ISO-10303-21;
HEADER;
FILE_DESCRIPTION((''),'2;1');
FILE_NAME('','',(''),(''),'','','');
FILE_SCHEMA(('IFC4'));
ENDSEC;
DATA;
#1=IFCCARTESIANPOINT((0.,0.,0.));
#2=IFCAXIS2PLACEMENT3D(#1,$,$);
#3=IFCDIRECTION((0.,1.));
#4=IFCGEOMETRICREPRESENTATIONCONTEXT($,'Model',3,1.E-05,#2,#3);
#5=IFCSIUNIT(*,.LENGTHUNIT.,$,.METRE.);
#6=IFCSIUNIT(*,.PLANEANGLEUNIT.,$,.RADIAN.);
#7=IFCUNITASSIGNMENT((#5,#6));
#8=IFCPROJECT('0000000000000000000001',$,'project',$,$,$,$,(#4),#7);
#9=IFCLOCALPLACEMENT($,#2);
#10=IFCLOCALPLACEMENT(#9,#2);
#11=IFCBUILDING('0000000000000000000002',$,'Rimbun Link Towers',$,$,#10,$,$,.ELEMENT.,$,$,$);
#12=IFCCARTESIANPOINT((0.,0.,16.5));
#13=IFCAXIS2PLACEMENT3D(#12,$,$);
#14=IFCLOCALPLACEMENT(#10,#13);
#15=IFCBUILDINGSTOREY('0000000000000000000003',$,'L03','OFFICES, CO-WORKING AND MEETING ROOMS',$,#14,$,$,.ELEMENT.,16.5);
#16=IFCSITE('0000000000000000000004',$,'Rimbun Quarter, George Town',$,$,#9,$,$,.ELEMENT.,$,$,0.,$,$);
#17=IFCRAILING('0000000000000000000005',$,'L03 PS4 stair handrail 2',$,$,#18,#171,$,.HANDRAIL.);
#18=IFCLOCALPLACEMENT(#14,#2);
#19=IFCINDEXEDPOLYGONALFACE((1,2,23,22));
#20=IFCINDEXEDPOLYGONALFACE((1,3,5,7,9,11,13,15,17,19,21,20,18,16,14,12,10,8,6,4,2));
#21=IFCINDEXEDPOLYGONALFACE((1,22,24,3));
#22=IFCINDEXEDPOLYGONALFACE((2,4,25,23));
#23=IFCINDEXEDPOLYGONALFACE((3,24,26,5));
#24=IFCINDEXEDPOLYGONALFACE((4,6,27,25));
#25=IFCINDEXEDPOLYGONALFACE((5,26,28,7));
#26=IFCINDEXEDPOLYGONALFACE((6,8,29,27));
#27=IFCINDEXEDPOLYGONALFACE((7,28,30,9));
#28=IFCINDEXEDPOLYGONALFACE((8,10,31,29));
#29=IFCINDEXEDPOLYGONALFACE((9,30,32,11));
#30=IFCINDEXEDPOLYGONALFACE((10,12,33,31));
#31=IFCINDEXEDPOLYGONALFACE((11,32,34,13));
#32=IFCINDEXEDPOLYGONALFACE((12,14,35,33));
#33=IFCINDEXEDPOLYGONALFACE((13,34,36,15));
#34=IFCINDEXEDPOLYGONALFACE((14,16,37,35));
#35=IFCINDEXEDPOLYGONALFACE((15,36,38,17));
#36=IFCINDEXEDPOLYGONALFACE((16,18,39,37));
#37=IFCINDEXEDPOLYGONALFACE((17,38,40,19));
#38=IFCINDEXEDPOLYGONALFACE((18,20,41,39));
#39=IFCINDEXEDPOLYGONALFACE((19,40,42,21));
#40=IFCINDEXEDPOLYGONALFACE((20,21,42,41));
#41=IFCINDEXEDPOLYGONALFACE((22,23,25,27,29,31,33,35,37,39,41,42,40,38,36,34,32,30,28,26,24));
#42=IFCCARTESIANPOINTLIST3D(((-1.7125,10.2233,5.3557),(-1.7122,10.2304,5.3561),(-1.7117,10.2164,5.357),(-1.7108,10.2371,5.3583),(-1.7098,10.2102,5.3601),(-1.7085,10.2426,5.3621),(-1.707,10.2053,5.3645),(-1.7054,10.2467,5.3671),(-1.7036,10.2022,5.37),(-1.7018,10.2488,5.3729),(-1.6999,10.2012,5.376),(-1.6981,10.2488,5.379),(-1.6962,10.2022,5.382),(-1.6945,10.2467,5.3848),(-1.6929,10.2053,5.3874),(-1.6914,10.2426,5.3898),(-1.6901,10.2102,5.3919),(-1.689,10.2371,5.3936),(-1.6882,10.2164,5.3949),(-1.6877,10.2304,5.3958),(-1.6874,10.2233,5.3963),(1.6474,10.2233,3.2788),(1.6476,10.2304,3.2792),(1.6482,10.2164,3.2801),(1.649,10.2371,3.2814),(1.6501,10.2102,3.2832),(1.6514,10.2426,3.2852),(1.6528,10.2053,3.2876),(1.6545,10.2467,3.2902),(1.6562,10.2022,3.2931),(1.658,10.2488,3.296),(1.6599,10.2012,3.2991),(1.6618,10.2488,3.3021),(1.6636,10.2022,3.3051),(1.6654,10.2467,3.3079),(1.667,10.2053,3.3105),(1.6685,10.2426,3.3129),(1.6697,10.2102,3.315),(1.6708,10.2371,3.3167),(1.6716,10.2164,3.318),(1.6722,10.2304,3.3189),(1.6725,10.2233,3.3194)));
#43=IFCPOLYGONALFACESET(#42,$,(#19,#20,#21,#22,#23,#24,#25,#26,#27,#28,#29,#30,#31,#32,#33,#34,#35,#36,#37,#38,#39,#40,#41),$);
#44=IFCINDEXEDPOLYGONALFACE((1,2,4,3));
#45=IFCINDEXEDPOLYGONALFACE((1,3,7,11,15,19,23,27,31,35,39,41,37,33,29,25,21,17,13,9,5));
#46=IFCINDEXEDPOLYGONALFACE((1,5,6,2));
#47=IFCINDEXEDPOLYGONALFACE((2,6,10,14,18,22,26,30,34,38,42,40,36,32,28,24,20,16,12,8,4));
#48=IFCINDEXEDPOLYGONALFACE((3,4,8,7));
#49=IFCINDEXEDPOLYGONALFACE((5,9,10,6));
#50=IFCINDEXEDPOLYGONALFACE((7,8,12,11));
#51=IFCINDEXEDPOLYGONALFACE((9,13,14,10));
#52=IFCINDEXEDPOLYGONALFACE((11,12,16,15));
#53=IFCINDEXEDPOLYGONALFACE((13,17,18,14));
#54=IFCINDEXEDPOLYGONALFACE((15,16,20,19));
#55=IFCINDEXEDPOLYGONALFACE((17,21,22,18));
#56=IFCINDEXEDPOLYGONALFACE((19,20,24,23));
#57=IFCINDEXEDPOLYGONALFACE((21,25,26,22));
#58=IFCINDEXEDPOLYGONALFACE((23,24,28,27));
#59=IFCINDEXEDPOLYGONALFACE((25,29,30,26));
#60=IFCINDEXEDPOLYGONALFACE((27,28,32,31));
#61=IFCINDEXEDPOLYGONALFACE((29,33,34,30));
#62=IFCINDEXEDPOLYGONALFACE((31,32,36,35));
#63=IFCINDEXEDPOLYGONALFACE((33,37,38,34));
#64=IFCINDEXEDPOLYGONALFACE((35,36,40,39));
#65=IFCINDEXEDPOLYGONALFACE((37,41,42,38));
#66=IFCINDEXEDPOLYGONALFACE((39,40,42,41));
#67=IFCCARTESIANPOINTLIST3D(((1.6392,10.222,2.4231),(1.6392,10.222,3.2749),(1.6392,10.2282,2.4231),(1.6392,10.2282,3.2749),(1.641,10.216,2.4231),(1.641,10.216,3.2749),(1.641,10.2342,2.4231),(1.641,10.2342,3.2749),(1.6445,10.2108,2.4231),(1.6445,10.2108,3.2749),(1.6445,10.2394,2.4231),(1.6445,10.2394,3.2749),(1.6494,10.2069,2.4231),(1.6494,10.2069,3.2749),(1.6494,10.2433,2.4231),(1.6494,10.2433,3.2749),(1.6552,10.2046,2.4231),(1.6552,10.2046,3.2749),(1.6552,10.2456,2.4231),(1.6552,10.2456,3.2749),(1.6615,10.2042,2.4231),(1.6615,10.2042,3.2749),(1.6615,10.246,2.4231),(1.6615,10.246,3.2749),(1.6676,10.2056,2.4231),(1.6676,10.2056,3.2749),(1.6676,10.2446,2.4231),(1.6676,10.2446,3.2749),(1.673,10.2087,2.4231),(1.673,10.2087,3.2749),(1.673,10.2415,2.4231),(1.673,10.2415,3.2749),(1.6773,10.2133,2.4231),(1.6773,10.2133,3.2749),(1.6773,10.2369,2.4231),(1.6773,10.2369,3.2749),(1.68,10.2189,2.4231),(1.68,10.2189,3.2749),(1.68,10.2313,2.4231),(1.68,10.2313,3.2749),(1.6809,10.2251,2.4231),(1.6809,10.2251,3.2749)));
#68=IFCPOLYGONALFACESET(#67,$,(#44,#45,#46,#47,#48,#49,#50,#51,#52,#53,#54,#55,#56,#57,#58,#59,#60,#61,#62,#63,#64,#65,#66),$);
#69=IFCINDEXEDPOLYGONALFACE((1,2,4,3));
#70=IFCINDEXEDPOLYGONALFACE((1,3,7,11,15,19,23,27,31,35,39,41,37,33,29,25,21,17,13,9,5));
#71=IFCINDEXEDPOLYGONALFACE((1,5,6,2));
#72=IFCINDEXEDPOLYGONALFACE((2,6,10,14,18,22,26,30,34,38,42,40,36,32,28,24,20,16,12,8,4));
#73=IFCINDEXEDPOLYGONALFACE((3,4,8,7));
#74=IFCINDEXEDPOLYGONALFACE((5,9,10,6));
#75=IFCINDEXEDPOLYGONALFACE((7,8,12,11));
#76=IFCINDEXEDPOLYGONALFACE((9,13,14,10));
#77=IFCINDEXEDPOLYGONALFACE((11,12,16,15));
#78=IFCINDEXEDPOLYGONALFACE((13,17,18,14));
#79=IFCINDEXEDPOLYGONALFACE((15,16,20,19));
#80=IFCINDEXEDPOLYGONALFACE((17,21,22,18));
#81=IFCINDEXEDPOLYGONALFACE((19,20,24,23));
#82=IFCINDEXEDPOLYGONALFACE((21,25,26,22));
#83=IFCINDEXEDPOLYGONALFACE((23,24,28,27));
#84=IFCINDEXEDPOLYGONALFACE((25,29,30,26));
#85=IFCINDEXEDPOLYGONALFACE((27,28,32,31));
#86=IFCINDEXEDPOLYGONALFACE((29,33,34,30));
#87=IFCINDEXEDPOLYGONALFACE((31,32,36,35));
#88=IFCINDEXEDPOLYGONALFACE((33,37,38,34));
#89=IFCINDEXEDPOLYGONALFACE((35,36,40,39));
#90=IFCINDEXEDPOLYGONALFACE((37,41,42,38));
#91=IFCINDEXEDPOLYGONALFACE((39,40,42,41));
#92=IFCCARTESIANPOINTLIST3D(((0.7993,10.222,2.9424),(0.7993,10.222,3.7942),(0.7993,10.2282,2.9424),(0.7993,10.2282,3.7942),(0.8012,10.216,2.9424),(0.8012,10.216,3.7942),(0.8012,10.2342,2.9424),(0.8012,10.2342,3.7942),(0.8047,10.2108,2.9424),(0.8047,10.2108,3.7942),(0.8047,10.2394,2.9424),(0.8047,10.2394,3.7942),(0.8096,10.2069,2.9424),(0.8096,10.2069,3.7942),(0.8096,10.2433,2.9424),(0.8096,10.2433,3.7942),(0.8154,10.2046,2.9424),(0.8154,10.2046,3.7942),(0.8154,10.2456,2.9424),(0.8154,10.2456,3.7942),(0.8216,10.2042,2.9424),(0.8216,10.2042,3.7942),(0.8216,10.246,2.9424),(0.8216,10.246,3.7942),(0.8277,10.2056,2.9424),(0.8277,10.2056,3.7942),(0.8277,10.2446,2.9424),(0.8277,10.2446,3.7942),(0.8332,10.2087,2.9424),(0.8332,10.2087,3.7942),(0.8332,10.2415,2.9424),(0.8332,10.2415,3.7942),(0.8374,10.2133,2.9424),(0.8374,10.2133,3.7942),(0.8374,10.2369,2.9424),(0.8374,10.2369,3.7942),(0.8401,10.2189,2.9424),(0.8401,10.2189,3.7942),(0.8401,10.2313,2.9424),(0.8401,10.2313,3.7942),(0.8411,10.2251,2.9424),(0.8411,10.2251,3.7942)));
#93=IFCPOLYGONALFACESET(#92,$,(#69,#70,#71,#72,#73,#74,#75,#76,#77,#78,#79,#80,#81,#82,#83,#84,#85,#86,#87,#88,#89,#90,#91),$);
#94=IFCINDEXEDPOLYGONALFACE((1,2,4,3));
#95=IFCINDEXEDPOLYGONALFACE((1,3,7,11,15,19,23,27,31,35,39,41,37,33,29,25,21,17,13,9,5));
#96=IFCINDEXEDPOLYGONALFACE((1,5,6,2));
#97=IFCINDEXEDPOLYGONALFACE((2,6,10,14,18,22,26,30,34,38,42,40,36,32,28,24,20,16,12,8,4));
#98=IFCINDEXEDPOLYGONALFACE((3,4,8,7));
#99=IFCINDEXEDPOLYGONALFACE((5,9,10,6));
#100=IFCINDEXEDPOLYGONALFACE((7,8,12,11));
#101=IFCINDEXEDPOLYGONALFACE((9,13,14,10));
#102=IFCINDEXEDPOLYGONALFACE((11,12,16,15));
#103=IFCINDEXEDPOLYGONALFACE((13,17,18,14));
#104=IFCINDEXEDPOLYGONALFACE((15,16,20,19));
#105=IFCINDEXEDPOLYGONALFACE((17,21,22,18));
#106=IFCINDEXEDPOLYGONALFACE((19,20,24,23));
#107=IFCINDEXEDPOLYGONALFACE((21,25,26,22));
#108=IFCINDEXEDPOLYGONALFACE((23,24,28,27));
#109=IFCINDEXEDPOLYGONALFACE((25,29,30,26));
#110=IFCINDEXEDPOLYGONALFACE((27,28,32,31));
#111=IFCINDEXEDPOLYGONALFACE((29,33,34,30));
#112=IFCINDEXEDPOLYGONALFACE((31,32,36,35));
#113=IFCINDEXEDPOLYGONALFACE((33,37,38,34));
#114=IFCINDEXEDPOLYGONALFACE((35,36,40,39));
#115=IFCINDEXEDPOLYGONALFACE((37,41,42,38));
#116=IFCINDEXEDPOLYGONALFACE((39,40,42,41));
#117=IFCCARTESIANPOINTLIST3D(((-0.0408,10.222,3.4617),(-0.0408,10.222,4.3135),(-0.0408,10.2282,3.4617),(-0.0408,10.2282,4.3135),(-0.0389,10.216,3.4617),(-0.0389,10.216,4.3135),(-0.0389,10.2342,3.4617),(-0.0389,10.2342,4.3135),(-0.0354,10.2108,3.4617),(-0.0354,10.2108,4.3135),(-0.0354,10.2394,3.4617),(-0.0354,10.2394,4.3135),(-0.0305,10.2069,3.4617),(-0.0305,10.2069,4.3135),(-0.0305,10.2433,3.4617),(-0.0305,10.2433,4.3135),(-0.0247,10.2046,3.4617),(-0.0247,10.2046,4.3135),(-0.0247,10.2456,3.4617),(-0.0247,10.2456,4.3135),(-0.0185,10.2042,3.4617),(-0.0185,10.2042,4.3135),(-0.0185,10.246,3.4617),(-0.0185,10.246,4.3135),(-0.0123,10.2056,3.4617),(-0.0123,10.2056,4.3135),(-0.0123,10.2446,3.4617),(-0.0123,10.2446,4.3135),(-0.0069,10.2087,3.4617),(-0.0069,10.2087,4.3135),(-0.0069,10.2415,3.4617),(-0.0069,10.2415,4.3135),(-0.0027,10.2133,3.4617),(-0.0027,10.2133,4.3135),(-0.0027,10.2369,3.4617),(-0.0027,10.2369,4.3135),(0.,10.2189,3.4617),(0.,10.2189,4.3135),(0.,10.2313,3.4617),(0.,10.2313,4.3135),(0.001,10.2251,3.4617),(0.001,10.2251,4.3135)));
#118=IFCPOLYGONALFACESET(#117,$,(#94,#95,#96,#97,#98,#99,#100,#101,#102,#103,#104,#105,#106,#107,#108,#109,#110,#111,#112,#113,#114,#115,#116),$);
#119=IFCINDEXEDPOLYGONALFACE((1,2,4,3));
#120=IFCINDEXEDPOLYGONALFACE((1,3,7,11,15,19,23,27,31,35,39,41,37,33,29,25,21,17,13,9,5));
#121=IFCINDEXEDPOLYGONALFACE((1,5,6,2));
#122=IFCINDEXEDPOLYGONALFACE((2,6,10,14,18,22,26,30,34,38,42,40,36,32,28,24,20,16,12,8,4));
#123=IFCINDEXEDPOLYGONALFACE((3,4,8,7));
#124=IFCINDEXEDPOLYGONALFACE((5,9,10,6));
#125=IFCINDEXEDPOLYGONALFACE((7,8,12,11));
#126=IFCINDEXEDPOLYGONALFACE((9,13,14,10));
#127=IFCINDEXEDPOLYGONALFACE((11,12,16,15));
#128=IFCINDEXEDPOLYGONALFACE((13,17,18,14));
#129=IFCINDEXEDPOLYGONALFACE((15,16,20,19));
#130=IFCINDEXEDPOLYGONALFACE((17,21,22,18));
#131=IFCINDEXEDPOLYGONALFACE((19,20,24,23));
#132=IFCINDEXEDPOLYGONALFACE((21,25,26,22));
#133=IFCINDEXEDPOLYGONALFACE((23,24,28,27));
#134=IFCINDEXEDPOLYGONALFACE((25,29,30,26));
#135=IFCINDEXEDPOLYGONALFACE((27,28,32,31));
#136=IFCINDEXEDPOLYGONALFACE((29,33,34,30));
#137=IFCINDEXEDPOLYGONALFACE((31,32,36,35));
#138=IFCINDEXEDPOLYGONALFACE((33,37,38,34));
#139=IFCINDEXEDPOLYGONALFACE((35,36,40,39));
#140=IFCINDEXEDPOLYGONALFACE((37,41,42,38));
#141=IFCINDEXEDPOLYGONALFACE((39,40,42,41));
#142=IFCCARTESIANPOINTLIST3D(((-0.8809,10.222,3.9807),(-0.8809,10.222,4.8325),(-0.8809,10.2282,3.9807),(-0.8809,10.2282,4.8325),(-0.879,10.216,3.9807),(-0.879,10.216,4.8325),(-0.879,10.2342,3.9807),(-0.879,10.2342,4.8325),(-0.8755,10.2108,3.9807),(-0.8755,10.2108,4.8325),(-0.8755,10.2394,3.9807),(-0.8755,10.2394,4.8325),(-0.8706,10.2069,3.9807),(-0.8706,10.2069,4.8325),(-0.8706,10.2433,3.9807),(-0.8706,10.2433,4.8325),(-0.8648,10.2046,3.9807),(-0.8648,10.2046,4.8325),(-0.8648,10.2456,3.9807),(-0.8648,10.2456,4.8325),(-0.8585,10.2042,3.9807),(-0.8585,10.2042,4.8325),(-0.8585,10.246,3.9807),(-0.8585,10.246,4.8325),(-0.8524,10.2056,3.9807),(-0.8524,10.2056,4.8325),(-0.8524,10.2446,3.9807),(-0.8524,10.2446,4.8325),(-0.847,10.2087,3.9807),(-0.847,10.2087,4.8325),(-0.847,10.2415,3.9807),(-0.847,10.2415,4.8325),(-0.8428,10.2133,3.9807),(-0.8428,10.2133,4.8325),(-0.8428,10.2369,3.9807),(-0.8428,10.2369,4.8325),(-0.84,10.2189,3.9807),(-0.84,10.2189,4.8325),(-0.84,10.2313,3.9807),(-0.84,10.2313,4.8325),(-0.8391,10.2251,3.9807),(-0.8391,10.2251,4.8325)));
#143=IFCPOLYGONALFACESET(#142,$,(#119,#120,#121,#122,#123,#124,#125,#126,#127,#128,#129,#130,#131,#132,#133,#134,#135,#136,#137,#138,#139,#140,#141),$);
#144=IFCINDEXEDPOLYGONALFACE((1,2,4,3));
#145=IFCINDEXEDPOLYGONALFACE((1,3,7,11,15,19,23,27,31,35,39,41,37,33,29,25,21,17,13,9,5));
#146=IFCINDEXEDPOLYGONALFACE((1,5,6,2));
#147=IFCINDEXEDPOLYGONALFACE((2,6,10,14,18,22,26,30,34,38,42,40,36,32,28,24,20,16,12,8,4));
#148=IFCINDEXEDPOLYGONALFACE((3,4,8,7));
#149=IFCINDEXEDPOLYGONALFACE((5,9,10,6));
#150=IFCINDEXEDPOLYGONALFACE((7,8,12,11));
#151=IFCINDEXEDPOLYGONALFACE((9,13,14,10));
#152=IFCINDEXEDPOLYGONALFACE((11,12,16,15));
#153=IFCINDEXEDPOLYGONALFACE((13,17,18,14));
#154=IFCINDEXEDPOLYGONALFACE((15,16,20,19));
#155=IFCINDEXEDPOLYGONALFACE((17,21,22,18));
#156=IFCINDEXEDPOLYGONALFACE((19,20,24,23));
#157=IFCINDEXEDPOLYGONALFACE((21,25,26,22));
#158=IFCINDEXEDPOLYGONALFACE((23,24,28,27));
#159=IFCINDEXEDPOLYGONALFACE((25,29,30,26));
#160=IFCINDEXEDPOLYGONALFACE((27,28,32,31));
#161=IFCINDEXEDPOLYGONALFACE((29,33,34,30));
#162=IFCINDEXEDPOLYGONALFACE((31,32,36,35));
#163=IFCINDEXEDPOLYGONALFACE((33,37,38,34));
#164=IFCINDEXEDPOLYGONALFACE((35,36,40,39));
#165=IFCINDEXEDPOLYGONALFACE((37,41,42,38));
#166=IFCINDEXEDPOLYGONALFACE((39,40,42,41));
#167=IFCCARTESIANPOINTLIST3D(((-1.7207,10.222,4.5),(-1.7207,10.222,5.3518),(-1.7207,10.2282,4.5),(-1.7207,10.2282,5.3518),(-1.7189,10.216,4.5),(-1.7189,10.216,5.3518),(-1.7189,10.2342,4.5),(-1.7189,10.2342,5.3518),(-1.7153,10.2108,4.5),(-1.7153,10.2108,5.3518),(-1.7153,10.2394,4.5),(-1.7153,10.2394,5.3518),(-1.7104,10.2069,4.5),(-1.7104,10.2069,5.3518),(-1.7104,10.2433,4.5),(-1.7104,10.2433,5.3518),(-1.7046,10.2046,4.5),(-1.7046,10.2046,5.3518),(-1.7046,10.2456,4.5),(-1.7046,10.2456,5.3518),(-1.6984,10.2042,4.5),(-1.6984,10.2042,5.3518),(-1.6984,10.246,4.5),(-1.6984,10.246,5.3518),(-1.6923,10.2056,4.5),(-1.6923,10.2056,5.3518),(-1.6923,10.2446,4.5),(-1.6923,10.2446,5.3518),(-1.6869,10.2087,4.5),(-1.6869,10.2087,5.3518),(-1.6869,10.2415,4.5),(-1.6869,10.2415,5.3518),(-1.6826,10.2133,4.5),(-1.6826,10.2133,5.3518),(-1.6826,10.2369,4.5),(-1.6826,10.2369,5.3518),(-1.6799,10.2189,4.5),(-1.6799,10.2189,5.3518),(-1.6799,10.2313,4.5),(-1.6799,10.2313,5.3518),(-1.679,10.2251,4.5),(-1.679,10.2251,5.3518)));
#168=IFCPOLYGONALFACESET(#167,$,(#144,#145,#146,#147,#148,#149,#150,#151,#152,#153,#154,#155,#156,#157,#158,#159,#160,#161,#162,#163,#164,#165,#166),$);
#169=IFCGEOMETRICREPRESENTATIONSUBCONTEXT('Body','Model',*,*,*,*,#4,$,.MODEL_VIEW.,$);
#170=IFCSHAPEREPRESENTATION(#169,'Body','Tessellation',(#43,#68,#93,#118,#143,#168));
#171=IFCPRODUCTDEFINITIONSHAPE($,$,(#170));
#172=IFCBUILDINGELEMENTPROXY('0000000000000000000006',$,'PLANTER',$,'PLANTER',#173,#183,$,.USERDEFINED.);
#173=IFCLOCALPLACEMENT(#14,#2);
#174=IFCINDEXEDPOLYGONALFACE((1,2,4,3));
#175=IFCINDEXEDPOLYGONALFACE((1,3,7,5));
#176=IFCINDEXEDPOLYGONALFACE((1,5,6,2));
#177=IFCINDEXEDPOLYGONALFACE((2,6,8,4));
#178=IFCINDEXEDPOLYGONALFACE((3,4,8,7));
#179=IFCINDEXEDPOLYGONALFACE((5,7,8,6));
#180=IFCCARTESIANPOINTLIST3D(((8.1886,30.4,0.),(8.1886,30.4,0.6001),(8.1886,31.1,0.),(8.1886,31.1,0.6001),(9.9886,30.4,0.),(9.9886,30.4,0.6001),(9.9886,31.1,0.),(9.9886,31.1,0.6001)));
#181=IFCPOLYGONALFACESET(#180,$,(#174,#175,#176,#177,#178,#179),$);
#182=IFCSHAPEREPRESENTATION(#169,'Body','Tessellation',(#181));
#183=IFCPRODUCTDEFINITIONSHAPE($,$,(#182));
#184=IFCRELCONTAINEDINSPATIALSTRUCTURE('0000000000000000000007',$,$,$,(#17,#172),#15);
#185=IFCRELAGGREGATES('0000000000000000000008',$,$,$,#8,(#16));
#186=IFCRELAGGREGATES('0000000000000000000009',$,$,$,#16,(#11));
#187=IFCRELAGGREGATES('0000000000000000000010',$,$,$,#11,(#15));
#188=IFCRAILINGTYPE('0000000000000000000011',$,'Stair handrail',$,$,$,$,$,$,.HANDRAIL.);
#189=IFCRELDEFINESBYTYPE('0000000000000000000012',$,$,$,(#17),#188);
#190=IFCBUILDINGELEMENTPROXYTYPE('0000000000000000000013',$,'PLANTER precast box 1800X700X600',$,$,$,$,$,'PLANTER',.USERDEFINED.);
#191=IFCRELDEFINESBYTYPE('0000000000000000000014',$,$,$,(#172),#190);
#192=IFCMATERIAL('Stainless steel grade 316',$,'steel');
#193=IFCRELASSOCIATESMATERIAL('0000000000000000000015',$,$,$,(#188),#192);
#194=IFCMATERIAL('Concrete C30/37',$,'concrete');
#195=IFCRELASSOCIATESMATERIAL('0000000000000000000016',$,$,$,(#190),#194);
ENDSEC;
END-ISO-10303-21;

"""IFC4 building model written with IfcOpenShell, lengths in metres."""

from ifc_helpers import new_model, si_unit, direction, frame, origin, origin_2d, place, context, subcontext, project, spatial, rectangle, circle, extrude, material, type_object, element, save


model = new_model("IFC4")

# Units and contexts
model_context = context("Model", 3, precision=1e-05, world=origin(), true_north=direction((0.0, 1.0)))
body_context = subcontext(model_context, "Body", "Model", "MODEL_VIEW")
ifc_project = project(units=[si_unit("LENGTHUNIT", "METRE"), si_unit("PLANEANGLEUNIT", "RADIAN")], contexts=[model_context])

# Site, building, storey
site_placement = place(None, origin())
site = spatial("IfcSite", under=ifc_project, at=site_placement, Name="Rimbun Quarter, George Town", CompositionType="ELEMENT", RefElevation=0.0)
building_placement = place(site_placement, origin())
building = spatial("IfcBuilding", under=site, at=building_placement, Name="Rimbun Link Towers", CompositionType="ELEMENT")
storey_placement = place(building_placement, frame((0.0, 0.0, 16.5)))
storey = spatial("IfcBuildingStorey", under=building, at=storey_placement, Name="L03", Description="OFFICES, CO-WORKING AND MEETING ROOMS", CompositionType="ELEMENT", Elevation=16.5)

# Railing
ifc_material_1 = material(Name="Stainless steel grade 316", Category="steel")
railing_type = type_object("IfcRailingType", Name="Stair handrail", PredefinedType="HANDRAIL", material=ifc_material_1)
railing_placement = place(storey_placement, frame((1.6599, 10.2251, 2.4231)))
element("IfcRailing", 1, at=railing_placement, inside=storey, type_object=railing_type, Name="L03 PS4 stair handrail 2", PredefinedType="HANDRAIL", context=body_context, shape_type="SweptSolid", body=[
    extrude(circle(Radius=0.0239, at=origin_2d()), frame((0.0, 0.0, 0.876), z_axis=(-0.850606, 0.0, 0.525803), x_axis=(0.0, -1.0, 0.0)), (0.0, 0.0, 1.0), 3.95),
    extrude(circle(Radius=0.021, at=origin_2d()), origin(), (0.0, 0.0, 1.0), 0.8518),
    extrude(circle(Radius=0.021, at=origin_2d()), frame((-0.8398, 0.0, 0.5193)), (0.0, 0.0, 1.0), 0.8518),
    extrude(circle(Radius=0.021, at=origin_2d()), frame((-1.6799, 0.0, 1.0386)), (0.0, 0.0, 1.0), 0.8518),
    extrude(circle(Radius=0.021, at=origin_2d()), frame((-2.52, 0.0, 1.5576)), (0.0, 0.0, 1.0), 0.8518),
    extrude(circle(Radius=0.021, at=origin_2d()), frame((-3.3599, 0.0, 2.0769)), (0.0, 0.0, 1.0), 0.8518),
])

# Building element proxy
ifc_material_2 = material(Name="Concrete C30/37", Category="concrete")
building_element_proxy_type = type_object("IfcBuildingElementProxyType", Name="PLANTER precast box 1800X700X600", ElementType="PLANTER", PredefinedType="USERDEFINED", material=ifc_material_2)
proxy_placement = place(storey_placement, frame((9.0886, 30.75, 0.0), z_axis=(0.0, 0.0, 1.0), x_axis=(-1.0, 0.0, 0.0)))
element("IfcBuildingElementProxy", 2, at=proxy_placement, inside=storey, type_object=building_element_proxy_type, Name="PLANTER", ObjectType="PLANTER", PredefinedType="USERDEFINED", context=body_context, shape_type="SweptSolid", body=[
    extrude(rectangle(XDim=1.8, YDim=0.7, at=origin_2d()), origin(), (0.0, 0.0, 1.0), 0.6001),
])

save(model, "model.ifc")
